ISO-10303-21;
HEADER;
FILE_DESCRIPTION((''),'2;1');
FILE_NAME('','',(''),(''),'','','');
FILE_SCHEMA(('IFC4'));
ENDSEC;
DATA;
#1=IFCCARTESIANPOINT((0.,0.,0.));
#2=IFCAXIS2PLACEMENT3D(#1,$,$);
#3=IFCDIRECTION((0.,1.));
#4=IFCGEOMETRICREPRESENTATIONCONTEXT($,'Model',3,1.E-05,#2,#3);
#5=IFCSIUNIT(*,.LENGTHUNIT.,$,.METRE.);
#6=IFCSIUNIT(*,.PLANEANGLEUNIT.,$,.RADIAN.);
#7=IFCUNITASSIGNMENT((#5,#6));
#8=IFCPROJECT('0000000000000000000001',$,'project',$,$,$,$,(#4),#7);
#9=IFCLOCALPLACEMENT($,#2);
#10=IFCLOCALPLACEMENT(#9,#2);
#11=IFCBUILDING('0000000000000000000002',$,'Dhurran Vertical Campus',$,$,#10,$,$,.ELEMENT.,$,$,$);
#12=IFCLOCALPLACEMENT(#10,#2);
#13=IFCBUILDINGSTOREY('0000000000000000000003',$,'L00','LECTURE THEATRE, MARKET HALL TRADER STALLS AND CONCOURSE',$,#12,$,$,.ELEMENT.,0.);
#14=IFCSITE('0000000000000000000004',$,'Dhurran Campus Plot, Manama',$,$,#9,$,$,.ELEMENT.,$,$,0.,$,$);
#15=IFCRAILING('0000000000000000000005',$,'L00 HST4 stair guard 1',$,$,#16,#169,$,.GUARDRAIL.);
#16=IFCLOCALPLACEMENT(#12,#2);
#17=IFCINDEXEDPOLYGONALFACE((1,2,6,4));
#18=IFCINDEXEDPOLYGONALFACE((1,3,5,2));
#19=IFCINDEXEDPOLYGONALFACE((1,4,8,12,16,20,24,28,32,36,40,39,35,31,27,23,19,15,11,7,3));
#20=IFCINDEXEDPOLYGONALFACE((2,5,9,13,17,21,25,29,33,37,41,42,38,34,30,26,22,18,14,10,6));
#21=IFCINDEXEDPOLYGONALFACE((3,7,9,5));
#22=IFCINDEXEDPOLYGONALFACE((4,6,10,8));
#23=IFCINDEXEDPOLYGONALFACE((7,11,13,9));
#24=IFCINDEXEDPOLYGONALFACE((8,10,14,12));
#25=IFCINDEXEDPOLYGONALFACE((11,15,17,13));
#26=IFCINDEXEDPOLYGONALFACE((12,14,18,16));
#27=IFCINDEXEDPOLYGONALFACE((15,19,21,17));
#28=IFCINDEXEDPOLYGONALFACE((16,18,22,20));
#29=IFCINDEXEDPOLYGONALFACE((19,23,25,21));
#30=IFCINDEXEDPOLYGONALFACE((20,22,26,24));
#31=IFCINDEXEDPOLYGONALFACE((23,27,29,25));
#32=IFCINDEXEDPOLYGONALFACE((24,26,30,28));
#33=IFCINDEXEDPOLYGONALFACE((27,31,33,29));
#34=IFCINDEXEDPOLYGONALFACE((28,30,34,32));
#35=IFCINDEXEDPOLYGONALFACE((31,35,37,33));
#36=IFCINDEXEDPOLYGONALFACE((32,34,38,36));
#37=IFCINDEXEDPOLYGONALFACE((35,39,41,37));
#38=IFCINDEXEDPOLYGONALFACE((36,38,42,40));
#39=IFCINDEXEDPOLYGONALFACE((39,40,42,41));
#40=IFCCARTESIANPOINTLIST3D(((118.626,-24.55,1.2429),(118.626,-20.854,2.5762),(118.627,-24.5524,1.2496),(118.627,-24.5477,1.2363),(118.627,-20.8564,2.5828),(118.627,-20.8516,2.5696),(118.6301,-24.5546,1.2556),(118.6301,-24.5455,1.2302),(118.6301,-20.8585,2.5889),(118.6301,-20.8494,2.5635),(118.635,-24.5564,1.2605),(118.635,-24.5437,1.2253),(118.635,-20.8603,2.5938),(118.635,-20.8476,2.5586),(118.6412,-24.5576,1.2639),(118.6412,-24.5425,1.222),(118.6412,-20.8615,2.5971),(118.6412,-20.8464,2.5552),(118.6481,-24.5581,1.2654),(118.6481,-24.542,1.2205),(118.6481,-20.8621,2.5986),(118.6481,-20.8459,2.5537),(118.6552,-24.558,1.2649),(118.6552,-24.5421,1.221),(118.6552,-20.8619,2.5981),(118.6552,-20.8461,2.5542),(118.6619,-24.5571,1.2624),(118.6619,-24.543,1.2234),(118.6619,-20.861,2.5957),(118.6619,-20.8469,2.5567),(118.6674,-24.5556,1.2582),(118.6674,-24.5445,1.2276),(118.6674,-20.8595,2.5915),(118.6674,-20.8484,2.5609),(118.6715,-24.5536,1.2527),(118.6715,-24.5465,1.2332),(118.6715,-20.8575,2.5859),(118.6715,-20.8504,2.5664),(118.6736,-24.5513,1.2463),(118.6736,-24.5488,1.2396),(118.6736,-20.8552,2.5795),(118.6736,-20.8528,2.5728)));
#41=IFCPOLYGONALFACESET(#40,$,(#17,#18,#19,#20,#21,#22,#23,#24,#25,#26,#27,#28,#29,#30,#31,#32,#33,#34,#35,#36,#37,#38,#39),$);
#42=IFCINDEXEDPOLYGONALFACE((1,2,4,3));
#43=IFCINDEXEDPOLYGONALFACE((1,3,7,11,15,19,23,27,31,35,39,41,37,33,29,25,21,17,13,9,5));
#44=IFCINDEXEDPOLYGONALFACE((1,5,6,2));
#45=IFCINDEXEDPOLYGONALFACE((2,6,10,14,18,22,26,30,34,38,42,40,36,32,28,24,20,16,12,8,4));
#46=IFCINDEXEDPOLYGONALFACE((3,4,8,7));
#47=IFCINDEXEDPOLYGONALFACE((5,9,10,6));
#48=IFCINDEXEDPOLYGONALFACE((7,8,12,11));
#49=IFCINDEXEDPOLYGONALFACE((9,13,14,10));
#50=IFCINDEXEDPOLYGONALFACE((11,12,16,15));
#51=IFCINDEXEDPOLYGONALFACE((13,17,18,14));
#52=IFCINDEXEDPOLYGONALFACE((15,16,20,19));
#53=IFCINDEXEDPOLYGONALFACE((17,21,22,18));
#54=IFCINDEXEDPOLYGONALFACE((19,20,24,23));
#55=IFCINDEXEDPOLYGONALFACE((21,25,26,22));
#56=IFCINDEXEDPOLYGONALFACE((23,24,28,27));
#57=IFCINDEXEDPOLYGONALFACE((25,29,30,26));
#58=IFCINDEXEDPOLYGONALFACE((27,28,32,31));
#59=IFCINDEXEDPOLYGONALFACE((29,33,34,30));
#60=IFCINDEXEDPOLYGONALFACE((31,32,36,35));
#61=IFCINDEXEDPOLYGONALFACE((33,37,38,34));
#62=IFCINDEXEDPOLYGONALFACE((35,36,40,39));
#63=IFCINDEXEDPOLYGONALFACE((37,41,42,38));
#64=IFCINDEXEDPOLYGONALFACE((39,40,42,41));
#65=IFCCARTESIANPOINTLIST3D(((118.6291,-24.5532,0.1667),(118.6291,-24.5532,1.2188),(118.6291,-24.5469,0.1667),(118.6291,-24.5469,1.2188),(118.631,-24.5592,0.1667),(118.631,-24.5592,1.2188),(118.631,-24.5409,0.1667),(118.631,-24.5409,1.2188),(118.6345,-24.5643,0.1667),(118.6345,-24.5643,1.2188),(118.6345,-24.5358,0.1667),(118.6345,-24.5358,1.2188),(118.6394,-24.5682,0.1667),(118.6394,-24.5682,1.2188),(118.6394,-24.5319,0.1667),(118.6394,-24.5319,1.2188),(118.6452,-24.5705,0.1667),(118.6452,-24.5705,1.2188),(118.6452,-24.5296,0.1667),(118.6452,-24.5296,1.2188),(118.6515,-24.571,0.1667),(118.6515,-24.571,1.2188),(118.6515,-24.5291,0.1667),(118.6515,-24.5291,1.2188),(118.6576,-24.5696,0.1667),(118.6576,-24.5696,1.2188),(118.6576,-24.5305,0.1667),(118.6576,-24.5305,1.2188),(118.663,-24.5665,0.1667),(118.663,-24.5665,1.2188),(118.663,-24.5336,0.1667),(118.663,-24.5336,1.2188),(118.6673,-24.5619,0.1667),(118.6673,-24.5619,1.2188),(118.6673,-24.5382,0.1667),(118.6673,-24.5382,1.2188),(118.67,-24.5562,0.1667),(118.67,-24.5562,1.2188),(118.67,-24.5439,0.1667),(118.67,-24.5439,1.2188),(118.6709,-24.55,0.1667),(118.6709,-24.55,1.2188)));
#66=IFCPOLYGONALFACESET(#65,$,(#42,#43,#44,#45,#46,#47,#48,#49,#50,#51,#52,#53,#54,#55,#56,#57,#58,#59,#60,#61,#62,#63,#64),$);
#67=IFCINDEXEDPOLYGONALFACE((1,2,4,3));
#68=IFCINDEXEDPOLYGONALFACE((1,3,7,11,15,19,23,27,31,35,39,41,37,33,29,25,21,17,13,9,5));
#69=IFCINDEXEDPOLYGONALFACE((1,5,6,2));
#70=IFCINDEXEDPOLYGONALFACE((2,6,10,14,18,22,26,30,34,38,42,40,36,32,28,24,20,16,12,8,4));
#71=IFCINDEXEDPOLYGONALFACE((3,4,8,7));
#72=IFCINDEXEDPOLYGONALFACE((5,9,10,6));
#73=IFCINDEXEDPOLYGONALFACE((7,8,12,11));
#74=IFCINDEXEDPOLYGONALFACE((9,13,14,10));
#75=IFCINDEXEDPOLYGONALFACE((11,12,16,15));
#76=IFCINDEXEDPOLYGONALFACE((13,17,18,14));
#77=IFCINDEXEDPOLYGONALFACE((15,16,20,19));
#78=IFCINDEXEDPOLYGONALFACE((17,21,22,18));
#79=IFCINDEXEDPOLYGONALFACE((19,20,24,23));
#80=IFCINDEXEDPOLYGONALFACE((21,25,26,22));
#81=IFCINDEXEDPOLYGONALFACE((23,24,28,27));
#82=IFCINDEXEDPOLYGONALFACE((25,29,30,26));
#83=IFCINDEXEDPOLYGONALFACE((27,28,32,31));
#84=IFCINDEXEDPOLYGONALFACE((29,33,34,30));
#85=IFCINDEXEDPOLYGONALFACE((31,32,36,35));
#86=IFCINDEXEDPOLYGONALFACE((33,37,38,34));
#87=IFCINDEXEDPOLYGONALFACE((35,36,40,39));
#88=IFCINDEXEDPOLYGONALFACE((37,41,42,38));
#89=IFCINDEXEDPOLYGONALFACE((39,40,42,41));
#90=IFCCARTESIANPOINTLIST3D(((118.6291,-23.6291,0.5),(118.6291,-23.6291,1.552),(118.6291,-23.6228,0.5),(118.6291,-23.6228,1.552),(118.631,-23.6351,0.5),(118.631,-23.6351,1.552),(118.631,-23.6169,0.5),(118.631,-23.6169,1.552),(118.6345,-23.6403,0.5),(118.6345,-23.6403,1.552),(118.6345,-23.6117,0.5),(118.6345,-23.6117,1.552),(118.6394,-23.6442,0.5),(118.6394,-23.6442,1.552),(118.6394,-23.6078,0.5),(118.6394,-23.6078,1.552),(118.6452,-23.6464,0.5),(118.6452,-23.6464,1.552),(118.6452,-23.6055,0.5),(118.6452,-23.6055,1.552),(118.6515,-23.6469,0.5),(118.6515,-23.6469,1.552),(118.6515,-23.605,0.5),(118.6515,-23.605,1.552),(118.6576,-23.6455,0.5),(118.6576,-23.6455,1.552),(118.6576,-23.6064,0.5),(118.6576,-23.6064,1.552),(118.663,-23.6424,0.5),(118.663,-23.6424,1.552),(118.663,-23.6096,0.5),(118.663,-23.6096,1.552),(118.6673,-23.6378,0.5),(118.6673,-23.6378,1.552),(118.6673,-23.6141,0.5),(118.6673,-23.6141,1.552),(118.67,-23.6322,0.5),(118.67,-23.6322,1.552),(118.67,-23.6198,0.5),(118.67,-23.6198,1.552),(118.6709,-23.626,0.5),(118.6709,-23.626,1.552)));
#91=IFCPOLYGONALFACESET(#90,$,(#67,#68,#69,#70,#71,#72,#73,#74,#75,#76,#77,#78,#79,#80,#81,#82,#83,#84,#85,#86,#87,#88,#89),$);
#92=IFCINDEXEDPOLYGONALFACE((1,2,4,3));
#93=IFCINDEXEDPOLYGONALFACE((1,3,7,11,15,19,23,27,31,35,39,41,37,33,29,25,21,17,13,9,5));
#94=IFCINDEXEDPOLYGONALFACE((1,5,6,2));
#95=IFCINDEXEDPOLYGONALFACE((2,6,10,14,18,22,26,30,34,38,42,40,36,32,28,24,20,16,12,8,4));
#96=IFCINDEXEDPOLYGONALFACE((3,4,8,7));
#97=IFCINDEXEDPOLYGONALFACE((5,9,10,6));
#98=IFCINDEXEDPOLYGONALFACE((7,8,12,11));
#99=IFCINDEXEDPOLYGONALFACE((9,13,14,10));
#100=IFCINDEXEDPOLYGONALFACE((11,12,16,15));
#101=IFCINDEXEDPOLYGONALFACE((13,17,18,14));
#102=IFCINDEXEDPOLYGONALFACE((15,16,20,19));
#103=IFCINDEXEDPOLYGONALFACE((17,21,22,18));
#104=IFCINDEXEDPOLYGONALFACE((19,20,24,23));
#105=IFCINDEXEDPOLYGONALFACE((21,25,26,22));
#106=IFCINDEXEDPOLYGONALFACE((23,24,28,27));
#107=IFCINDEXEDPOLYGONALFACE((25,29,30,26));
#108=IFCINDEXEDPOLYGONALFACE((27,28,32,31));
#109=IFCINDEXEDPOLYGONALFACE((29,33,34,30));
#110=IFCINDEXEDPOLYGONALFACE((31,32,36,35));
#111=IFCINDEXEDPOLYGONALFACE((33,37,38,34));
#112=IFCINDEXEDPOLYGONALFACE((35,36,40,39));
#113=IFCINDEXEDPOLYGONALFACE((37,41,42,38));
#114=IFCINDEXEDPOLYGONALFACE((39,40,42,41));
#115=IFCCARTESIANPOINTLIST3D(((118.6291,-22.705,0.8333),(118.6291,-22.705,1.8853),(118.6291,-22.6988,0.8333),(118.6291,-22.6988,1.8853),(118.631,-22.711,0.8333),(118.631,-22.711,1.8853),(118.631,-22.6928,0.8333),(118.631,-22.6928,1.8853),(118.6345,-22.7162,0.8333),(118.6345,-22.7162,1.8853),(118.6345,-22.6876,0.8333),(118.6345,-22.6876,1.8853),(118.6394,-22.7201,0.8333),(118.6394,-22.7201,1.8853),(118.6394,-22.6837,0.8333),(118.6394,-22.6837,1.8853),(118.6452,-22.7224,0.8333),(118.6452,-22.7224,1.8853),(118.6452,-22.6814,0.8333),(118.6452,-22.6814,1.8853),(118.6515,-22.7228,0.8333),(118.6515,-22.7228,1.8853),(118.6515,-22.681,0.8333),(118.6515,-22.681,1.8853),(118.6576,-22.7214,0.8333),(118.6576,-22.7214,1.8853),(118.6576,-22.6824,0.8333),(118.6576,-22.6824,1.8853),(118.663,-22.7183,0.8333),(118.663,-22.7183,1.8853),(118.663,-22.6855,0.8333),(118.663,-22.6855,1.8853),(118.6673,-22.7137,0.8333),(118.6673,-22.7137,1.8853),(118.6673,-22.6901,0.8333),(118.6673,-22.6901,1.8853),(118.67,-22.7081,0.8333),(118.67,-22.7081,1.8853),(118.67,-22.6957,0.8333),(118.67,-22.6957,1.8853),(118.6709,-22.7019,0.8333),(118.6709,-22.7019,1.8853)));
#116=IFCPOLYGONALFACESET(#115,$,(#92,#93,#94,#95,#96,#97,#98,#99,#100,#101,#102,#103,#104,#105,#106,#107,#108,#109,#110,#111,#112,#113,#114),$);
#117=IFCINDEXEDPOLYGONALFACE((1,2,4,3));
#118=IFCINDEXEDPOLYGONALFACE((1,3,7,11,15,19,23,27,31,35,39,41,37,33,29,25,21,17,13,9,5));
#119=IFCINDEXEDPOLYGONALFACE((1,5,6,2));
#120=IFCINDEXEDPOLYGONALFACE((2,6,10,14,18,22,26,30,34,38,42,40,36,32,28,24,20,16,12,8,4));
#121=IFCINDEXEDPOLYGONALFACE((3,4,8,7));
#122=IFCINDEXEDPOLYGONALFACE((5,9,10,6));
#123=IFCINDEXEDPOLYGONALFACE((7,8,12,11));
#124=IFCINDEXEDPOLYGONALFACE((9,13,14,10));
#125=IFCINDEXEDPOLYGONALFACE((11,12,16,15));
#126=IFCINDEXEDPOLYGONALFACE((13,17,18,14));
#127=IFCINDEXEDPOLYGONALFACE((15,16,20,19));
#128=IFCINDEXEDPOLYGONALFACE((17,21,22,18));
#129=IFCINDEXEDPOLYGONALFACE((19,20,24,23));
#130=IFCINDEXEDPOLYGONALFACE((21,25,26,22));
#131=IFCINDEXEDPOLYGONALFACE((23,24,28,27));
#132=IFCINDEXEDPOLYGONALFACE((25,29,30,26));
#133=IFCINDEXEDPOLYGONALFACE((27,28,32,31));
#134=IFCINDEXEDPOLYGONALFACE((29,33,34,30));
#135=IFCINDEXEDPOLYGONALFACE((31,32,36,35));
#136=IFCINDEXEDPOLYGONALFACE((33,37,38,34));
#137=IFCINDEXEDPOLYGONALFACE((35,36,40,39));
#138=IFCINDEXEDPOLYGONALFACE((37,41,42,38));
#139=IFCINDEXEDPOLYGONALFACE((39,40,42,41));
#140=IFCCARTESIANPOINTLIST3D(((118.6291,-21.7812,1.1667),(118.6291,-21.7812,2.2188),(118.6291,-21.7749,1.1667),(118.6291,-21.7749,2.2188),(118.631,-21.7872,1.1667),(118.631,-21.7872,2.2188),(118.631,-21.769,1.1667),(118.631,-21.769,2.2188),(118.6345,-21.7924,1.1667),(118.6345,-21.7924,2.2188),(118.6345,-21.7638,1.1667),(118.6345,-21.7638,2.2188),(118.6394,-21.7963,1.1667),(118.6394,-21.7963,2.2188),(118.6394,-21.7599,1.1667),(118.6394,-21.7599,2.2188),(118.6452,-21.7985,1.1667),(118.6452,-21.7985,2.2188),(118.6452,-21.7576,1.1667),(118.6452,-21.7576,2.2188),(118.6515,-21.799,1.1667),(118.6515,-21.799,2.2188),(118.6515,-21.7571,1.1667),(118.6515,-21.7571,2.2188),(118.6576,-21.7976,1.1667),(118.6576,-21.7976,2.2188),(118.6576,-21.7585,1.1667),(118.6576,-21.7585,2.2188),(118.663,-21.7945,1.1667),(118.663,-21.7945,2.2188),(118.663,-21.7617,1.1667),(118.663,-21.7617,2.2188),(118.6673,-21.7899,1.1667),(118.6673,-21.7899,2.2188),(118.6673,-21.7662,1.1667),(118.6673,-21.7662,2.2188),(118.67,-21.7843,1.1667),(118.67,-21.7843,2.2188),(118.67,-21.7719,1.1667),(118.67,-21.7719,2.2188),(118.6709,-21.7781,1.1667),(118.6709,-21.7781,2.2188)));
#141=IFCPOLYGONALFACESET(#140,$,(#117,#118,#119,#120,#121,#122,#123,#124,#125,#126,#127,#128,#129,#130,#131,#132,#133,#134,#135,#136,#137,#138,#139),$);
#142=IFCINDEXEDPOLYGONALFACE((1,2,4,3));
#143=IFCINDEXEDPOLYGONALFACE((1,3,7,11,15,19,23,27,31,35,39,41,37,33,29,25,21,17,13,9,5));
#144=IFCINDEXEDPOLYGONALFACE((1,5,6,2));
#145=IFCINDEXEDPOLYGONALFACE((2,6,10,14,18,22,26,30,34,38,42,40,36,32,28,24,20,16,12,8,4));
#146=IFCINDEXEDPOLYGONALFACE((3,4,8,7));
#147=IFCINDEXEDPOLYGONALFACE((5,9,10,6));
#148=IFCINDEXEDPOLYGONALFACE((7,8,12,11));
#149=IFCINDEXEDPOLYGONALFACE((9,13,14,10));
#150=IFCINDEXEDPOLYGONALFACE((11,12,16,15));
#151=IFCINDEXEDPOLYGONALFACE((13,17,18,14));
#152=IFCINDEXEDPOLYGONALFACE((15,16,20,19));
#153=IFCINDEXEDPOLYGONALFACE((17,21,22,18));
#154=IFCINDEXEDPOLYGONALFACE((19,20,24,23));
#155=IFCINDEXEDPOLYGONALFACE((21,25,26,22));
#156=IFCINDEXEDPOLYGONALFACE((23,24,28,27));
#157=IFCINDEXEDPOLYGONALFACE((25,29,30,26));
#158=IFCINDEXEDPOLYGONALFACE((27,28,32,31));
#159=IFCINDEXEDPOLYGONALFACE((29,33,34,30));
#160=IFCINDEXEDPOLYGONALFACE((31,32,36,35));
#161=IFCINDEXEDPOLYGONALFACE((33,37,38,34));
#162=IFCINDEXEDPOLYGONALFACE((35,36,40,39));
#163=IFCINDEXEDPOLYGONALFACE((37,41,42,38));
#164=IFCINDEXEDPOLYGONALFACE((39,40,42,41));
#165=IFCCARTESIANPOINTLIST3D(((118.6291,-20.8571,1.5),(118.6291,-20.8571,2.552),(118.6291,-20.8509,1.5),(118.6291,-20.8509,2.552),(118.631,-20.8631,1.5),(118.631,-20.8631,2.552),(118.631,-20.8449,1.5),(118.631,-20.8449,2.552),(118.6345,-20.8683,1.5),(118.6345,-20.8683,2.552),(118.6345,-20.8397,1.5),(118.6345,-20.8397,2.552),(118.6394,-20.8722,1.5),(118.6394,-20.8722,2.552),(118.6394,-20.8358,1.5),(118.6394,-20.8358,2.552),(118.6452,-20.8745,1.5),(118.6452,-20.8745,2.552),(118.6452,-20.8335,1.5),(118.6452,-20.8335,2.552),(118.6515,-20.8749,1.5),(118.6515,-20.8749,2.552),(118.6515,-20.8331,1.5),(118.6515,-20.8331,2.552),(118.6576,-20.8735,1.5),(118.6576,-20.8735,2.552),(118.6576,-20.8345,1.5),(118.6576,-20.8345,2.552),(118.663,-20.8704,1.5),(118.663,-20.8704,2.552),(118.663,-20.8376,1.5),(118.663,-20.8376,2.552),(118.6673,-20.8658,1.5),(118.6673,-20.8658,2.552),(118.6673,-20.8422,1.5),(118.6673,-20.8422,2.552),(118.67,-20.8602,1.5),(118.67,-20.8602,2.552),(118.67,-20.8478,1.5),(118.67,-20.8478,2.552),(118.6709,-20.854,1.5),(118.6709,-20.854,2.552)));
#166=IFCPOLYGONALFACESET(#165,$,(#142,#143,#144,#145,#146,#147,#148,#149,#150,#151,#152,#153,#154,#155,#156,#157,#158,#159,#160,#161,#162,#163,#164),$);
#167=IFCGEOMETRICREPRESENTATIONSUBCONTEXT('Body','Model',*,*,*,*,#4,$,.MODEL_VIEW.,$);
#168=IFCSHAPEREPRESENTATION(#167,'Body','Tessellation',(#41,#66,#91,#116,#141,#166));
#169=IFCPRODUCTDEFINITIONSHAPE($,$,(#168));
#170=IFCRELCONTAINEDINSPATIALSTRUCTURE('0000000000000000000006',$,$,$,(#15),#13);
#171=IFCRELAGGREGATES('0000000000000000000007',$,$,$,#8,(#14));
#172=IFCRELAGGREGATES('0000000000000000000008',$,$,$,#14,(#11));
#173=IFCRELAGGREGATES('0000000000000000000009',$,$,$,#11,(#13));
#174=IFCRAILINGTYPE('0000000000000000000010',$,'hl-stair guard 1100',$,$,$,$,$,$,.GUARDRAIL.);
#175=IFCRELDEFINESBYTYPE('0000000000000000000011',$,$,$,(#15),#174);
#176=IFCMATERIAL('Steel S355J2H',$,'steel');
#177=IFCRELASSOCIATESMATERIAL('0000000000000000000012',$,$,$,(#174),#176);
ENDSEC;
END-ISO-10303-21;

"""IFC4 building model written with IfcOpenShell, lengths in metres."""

from ifc_helpers import new_model, si_unit, direction, frame, origin, origin_2d, place, context, subcontext, project, spatial, circle, extrude, material, type_object, element, save


model = new_model("IFC4")

# Units and contexts
model_context = context("Model", 3, precision=1e-05, world=origin(), true_north=direction((0.0, 1.0)))
body_context = subcontext(model_context, "Body", "Model", "MODEL_VIEW")
ifc_project = project(units=[si_unit("LENGTHUNIT", "METRE"), si_unit("PLANEANGLEUNIT", "RADIAN")], contexts=[model_context])

# Site, building, storey
site_placement = place(None, origin())
site = spatial("IfcSite", under=ifc_project, at=site_placement, Name="Dhurran Campus Plot, Manama", CompositionType="ELEMENT", RefElevation=0.0)
building_placement = place(site_placement, origin())
building = spatial("IfcBuilding", under=site, at=building_placement, Name="Dhurran Vertical Campus", CompositionType="ELEMENT")
storey_placement = place(building_placement, origin())
storey = spatial("IfcBuildingStorey", under=building, at=storey_placement, Name="L00", Description="LECTURE THEATRE, MARKET HALL TRADER STALLS AND CONCOURSE", CompositionType="ELEMENT", Elevation=0.0)

# Railing
ifc_material_1 = material(Name="Steel S355J2H", Category="steel")
railing_type_1 = type_object("IfcRailingType", Name="hl-stair guard 1100", PredefinedType="GUARDRAIL", material=ifc_material_1)
for number, where, name in (
    (1, (118.6499, -24.55, 0.1667), "L00 HST4 stair guard 1"),
):
    element("IfcRailing", number, at=place(storey_placement, frame(where)), inside=storey, type_object=railing_type_1, Name=name, PredefinedType="GUARDRAIL", context=body_context, shape_type="SweptSolid", body=[
        extrude(circle(Radius=0.0239, at=origin_2d()), frame((0.0, 0.0, 1.0762), z_axis=(0.0, 0.94067, 0.339322), x_axis=(-1.0, 0.0, 0.0)), (0.0, 0.0, 1.0), 3.9292),
        extrude(circle(Radius=0.021, at=origin_2d()), origin(), (0.0, 0.0, 1.0), 1.052),
        extrude(circle(Radius=0.021, at=origin_2d()), frame((0.0, 0.9241, 0.3333)), (0.0, 0.0, 1.0), 1.052),
        extrude(circle(Radius=0.021, at=origin_2d()), frame((0.0, 1.8481, 0.6665)), (0.0, 0.0, 1.0), 1.052),
        extrude(circle(Radius=0.021, at=origin_2d()), frame((0.0, 2.772, 1.0)), (0.0, 0.0, 1.0), 1.052),
        extrude(circle(Radius=0.021, at=origin_2d()), frame((0.0, 3.696, 1.3333)), (0.0, 0.0, 1.0), 1.052),
    ])

save(model, "model.ifc")
